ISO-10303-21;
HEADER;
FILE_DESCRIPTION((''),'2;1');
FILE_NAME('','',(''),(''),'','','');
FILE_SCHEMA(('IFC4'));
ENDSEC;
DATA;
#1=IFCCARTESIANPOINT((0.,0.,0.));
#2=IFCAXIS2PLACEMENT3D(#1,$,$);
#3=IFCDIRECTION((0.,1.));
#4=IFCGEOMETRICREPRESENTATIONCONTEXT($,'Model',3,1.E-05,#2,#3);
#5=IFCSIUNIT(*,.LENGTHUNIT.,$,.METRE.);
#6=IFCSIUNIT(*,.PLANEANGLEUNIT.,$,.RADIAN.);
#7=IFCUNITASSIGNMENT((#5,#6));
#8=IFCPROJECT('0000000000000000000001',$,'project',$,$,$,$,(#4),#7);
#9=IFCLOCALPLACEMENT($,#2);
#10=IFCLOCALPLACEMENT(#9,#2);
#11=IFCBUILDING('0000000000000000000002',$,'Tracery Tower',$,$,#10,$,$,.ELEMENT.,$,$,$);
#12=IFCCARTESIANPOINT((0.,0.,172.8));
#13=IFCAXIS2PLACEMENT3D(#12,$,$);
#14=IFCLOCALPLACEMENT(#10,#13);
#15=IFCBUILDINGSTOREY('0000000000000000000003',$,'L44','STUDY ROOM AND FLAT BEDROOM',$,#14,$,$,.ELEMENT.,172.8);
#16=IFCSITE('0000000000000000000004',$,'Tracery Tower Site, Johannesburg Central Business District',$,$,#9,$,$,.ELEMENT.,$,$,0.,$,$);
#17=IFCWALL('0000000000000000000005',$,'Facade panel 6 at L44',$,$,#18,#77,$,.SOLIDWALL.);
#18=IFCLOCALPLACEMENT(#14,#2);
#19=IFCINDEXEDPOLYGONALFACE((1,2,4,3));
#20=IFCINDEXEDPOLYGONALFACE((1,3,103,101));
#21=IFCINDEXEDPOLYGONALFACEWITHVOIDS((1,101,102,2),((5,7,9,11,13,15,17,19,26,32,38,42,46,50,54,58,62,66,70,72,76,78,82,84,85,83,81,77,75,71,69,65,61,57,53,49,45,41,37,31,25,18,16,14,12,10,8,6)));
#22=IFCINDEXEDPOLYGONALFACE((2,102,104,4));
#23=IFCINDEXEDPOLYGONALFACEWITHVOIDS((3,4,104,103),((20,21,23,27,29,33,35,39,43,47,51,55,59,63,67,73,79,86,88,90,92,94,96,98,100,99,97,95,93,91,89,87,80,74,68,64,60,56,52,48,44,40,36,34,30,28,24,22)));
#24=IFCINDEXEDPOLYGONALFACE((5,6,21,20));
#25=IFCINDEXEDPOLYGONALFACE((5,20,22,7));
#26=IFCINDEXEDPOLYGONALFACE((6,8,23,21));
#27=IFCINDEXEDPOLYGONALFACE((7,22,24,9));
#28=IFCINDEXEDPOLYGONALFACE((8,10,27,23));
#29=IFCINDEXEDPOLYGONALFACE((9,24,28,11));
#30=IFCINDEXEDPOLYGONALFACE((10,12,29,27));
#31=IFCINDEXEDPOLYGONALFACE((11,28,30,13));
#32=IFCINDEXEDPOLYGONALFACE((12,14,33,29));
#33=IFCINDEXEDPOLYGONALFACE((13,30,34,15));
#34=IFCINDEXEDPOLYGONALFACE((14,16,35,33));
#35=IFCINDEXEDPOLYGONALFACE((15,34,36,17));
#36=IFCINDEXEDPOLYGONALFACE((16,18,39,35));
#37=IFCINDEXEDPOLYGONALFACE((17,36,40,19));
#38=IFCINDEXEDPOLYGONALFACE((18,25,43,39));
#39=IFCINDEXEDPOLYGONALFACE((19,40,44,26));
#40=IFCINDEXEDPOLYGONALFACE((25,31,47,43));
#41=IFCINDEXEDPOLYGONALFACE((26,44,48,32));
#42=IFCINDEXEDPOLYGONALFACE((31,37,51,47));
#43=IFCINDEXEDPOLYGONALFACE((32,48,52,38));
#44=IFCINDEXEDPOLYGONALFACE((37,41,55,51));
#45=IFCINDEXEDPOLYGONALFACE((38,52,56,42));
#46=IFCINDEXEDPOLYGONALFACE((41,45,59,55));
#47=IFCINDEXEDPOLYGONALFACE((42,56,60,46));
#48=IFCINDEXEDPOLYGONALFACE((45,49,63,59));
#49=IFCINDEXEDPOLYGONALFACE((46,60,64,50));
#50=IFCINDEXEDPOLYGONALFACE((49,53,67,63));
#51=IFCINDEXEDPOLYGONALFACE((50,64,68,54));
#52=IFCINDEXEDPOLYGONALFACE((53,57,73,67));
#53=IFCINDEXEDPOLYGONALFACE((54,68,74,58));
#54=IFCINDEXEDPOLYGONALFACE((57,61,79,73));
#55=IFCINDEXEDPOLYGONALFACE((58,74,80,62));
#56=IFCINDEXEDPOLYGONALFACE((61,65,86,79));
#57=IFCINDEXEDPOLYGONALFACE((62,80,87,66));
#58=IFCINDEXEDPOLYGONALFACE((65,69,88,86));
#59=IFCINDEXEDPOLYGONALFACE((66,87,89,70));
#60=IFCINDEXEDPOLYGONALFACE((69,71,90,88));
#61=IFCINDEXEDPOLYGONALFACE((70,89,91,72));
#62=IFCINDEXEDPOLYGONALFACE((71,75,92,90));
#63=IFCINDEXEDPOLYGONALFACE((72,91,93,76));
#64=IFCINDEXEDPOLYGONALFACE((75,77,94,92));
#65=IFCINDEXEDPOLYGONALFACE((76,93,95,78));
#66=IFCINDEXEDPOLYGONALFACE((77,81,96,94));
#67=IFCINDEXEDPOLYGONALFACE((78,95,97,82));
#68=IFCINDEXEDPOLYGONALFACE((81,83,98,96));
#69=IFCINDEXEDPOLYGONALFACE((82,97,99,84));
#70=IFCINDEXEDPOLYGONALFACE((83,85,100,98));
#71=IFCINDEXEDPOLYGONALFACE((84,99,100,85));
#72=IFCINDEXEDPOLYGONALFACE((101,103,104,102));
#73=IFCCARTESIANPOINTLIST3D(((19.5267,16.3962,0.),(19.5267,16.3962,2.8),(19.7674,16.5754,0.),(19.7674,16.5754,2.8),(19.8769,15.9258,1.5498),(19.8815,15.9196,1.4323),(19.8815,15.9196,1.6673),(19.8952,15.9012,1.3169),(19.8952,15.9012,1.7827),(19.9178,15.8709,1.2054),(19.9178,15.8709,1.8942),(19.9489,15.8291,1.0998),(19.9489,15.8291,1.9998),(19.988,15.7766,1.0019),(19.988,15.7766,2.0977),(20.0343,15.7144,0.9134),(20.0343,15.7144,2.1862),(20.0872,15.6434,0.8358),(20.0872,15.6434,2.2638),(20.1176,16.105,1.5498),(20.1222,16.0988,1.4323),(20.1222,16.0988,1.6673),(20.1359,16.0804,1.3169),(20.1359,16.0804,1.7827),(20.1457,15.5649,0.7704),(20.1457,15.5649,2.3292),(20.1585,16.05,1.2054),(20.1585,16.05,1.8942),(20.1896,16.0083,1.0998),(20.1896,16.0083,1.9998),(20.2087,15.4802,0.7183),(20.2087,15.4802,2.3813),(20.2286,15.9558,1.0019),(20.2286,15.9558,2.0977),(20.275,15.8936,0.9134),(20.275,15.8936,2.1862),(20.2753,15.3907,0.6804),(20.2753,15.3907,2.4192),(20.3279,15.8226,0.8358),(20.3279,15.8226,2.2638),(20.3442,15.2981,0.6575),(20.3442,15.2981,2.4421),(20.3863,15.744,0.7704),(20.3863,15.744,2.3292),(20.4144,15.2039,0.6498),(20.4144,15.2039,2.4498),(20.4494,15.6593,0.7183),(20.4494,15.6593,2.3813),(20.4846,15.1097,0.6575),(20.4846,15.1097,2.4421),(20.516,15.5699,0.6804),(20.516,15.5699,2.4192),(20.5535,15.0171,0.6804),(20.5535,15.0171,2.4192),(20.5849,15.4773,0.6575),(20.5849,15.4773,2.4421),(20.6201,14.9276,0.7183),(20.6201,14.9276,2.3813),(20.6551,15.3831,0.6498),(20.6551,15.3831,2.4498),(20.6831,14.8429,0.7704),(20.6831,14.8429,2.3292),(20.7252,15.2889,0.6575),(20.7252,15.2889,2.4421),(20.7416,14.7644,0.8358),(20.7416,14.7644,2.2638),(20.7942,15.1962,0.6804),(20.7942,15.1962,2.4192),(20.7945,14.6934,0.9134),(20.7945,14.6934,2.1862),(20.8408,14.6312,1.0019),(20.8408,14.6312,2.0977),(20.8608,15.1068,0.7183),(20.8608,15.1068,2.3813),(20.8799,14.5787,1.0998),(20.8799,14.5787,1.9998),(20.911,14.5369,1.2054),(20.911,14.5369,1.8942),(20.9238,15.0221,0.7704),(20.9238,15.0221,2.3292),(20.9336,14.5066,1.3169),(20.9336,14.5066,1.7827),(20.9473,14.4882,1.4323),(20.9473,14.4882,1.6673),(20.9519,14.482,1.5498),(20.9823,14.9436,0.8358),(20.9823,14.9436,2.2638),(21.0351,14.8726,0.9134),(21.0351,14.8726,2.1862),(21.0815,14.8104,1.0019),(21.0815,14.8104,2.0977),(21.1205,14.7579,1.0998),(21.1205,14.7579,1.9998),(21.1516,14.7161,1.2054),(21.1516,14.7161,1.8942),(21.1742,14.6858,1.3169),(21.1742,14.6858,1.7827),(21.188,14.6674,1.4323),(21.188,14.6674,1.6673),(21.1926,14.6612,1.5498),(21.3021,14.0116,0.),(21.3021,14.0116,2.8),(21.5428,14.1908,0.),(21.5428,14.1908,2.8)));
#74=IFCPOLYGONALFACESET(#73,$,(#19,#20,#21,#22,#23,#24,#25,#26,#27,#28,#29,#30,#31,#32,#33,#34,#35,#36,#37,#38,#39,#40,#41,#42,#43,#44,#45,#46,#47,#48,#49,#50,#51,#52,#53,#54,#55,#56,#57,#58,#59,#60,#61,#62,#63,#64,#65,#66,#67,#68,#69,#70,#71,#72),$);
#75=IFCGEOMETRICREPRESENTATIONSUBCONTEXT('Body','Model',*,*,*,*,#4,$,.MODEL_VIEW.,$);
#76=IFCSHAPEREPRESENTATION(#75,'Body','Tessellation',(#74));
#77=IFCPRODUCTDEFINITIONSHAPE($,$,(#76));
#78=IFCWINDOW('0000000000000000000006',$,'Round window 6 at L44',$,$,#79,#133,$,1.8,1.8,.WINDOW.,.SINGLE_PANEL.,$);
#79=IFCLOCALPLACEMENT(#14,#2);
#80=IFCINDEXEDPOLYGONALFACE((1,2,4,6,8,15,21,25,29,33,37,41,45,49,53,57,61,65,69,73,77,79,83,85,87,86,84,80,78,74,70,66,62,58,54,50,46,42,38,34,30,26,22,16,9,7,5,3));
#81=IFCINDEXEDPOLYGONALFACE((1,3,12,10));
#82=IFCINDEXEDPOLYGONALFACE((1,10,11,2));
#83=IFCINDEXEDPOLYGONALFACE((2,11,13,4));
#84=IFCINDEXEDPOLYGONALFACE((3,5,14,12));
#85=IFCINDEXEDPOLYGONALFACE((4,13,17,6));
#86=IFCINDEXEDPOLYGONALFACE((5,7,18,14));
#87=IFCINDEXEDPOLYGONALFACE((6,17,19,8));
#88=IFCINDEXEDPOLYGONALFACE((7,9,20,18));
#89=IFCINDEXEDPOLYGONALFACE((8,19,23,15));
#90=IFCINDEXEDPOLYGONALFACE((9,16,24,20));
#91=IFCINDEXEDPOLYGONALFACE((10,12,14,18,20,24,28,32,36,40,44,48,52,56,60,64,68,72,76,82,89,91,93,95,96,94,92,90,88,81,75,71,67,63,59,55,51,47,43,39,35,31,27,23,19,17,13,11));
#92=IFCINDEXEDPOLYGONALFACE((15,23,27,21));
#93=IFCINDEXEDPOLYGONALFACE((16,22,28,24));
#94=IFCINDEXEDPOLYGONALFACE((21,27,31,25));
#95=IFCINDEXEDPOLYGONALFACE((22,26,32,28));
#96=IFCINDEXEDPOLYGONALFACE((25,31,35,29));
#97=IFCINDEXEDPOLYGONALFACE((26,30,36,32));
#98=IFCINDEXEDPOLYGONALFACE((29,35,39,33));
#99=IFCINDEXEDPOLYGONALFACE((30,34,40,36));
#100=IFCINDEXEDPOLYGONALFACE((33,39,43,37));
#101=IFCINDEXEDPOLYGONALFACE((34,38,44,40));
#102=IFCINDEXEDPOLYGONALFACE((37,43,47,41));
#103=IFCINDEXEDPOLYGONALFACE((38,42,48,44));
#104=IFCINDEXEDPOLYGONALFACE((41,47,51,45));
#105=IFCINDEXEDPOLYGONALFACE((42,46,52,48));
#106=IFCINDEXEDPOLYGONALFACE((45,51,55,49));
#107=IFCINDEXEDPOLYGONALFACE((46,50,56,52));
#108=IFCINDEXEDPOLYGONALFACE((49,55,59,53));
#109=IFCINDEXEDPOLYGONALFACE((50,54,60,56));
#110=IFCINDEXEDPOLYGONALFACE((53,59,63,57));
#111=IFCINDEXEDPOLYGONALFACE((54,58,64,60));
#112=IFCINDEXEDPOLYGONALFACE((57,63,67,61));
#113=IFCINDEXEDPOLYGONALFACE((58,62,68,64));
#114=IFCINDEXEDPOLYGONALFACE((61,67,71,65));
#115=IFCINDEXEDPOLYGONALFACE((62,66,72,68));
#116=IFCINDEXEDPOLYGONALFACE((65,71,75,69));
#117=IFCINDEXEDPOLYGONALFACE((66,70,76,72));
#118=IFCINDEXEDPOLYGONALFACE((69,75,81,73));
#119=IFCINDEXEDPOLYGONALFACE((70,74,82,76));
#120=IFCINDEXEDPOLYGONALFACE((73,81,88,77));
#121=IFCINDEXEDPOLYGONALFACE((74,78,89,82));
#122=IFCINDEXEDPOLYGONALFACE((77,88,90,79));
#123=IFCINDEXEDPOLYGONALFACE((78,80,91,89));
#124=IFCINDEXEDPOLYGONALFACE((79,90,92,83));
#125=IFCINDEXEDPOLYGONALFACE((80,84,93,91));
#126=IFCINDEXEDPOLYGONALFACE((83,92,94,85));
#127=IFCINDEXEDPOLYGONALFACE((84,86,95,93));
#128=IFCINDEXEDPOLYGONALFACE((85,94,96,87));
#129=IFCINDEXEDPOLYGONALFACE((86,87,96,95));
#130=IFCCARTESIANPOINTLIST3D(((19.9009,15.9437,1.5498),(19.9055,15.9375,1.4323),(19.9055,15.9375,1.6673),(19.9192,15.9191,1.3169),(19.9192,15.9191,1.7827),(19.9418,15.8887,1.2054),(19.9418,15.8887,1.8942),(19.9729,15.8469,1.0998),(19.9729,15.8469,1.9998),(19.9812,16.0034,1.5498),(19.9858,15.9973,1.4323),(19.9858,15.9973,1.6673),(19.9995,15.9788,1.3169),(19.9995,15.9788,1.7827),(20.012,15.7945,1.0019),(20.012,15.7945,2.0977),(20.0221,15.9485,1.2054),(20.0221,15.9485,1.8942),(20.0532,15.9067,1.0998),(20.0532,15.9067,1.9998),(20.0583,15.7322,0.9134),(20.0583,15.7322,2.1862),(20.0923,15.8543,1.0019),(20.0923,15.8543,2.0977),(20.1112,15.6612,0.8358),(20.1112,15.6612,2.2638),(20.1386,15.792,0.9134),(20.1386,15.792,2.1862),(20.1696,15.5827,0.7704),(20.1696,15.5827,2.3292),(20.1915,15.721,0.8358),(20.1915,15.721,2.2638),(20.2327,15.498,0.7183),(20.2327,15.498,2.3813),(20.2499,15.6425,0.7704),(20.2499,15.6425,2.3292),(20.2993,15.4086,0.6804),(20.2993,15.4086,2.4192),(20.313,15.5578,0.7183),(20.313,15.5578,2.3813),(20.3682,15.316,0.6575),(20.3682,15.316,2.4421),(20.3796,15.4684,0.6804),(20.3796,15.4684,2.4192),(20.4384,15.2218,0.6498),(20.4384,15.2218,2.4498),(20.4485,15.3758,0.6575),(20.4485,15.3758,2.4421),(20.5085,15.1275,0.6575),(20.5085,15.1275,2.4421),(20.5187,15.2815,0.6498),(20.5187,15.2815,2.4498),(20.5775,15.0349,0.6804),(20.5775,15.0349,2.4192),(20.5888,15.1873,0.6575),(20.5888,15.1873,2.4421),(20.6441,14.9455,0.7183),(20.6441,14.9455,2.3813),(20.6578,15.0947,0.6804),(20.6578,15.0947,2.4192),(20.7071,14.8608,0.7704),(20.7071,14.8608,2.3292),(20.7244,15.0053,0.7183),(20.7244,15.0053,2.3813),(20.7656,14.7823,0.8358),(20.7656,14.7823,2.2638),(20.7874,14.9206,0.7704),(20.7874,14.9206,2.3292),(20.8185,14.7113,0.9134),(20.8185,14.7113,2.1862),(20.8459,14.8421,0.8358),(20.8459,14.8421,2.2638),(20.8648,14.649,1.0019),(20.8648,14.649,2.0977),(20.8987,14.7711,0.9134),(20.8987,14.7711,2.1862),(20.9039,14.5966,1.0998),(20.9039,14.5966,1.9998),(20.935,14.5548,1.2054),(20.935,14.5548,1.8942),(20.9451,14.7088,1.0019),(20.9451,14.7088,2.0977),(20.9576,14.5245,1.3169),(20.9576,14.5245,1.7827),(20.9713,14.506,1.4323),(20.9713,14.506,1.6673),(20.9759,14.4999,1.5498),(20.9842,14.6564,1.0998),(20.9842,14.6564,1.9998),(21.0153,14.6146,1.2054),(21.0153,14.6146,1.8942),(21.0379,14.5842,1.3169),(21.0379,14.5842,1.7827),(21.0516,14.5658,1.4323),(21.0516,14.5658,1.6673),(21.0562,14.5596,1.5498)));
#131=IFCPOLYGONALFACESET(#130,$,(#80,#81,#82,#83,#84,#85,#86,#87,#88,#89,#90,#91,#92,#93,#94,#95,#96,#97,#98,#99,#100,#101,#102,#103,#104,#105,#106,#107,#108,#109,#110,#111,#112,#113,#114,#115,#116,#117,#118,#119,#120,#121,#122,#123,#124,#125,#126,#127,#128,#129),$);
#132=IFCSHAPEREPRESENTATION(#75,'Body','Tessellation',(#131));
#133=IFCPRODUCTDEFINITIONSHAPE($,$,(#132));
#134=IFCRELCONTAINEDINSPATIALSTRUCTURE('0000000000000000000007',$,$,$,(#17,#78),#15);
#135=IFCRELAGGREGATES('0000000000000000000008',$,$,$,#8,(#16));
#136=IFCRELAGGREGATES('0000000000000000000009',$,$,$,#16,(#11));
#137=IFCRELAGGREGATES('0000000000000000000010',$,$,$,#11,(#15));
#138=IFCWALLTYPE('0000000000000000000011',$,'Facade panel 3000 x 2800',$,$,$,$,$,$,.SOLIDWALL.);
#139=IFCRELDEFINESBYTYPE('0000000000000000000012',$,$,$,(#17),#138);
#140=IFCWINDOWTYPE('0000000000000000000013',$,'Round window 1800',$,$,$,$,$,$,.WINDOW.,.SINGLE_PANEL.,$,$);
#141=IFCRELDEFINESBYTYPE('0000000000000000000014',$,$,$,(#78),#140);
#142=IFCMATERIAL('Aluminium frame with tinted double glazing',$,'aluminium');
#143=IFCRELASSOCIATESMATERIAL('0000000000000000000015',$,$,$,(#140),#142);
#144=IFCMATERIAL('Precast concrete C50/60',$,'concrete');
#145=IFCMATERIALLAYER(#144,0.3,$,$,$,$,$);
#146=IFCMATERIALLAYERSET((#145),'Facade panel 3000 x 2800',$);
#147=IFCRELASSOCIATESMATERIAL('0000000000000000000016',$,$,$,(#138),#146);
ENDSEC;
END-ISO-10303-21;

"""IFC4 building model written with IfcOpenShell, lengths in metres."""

from ifc_helpers import new_model, si_unit, direction, frame, frame_2d, origin, origin_2d, place, context, subcontext, project, spatial, rectangle, circle, extrude, material, layer, layer_set, type_object, element, fill, save


model = new_model("IFC4")

# Units and contexts
model_context = context("Model", 3, precision=1e-05, world=origin(), true_north=direction((0.0, 1.0)))
body_context = subcontext(model_context, "Body", "Model", "MODEL_VIEW")
ifc_project = project(units=[si_unit("LENGTHUNIT", "METRE"), si_unit("PLANEANGLEUNIT", "RADIAN")], contexts=[model_context])

# Site, building, storey
site_placement = place(None, origin())
site = spatial("IfcSite", under=ifc_project, at=site_placement, Name="Tracery Tower Site, Johannesburg Central Business District", CompositionType="ELEMENT", RefElevation=0.0)
building_placement = place(site_placement, origin())
building = spatial("IfcBuilding", under=site, at=building_placement, Name="Tracery Tower", CompositionType="ELEMENT")
storey_placement = place(building_placement, frame((0.0, 0.0, 172.8)))
storey = spatial("IfcBuildingStorey", under=building, at=storey_placement, Name="L44", Description="STUDY ROOM AND FLAT BEDROOM", CompositionType="ELEMENT", Elevation=172.8)

# Wall, opening, window
ifc_material_1 = material(Name="Aluminium frame with tinted double glazing", Category="aluminium")
window_type = type_object("IfcWindowType", Name="Round window 1800", PartitioningType="SINGLE_PANEL", PredefinedType="WINDOW", material=ifc_material_1)
ifc_material_2 = material(Name="Precast concrete C50/60", Category="concrete")
ifc_layer_1 = layer(ifc_material_2, 0.3)
ifc_layer_set_1 = layer_set([ifc_layer_1], Name="Facade panel 3000 x 2800")
wall_type_1 = type_object("IfcWallType", Name="Facade panel 3000 x 2800", PredefinedType="SOLIDWALL", material=ifc_layer_set_1)
wall_1_placement = place(storey_placement, frame((21.4224, 14.1013, 0.0), z_axis=(0.0, 0.0, 1.0), x_axis=(-0.597198, 0.802094, 0.0)))
wall_1 = element("IfcWall", 1, at=wall_1_placement, inside=storey, type_object=wall_type_1, Name="Facade panel 6 at L44", PredefinedType="SOLIDWALL", context=body_context, shape_type="SweptSolid", body=[
    extrude(rectangle(XDim=2.9729, YDim=0.3, at=frame_2d((1.4863, 0.0))), origin(), (0.0, 0.0, 1.0), 2.8),
])
opening_1_placement = place(wall_1_placement, frame((1.4863, 0.0, 1.5498)))
opening_1 = element("IfcOpeningElement", 2, at=opening_1_placement, cuts=wall_1, PredefinedType="OPENING", context=body_context, shape_type="SweptSolid", body=[
    extrude(circle(Radius=0.9, at=origin_2d()), frame((0.0, 0.1599, 0.0), z_axis=(0.0, -1.0, 0.0), x_axis=(1.0, 0.0, 0.0)), (0.0, 0.0, 1.0), 0.3201),
])
window_1_placement = place(opening_1_placement, origin())
window_1 = element("IfcWindow", 3, at=window_1_placement, inside=storey, type_object=window_type, Name="Round window 6 at L44", OverallHeight=1.8, OverallWidth=1.8, PartitioningType="SINGLE_PANEL", PredefinedType="WINDOW", context=body_context, shape_type="SweptSolid", body=[
    extrude(circle(Radius=0.9, at=origin_2d()), frame((0.0, 0.1201, 0.0), z_axis=(0.0, -1.0, 0.0), x_axis=(1.0, 0.0, 0.0)), (0.0, 0.0, 1.0), 0.1001),
])
fill(opening_1, window_1)

save(model, "model.ifc")
